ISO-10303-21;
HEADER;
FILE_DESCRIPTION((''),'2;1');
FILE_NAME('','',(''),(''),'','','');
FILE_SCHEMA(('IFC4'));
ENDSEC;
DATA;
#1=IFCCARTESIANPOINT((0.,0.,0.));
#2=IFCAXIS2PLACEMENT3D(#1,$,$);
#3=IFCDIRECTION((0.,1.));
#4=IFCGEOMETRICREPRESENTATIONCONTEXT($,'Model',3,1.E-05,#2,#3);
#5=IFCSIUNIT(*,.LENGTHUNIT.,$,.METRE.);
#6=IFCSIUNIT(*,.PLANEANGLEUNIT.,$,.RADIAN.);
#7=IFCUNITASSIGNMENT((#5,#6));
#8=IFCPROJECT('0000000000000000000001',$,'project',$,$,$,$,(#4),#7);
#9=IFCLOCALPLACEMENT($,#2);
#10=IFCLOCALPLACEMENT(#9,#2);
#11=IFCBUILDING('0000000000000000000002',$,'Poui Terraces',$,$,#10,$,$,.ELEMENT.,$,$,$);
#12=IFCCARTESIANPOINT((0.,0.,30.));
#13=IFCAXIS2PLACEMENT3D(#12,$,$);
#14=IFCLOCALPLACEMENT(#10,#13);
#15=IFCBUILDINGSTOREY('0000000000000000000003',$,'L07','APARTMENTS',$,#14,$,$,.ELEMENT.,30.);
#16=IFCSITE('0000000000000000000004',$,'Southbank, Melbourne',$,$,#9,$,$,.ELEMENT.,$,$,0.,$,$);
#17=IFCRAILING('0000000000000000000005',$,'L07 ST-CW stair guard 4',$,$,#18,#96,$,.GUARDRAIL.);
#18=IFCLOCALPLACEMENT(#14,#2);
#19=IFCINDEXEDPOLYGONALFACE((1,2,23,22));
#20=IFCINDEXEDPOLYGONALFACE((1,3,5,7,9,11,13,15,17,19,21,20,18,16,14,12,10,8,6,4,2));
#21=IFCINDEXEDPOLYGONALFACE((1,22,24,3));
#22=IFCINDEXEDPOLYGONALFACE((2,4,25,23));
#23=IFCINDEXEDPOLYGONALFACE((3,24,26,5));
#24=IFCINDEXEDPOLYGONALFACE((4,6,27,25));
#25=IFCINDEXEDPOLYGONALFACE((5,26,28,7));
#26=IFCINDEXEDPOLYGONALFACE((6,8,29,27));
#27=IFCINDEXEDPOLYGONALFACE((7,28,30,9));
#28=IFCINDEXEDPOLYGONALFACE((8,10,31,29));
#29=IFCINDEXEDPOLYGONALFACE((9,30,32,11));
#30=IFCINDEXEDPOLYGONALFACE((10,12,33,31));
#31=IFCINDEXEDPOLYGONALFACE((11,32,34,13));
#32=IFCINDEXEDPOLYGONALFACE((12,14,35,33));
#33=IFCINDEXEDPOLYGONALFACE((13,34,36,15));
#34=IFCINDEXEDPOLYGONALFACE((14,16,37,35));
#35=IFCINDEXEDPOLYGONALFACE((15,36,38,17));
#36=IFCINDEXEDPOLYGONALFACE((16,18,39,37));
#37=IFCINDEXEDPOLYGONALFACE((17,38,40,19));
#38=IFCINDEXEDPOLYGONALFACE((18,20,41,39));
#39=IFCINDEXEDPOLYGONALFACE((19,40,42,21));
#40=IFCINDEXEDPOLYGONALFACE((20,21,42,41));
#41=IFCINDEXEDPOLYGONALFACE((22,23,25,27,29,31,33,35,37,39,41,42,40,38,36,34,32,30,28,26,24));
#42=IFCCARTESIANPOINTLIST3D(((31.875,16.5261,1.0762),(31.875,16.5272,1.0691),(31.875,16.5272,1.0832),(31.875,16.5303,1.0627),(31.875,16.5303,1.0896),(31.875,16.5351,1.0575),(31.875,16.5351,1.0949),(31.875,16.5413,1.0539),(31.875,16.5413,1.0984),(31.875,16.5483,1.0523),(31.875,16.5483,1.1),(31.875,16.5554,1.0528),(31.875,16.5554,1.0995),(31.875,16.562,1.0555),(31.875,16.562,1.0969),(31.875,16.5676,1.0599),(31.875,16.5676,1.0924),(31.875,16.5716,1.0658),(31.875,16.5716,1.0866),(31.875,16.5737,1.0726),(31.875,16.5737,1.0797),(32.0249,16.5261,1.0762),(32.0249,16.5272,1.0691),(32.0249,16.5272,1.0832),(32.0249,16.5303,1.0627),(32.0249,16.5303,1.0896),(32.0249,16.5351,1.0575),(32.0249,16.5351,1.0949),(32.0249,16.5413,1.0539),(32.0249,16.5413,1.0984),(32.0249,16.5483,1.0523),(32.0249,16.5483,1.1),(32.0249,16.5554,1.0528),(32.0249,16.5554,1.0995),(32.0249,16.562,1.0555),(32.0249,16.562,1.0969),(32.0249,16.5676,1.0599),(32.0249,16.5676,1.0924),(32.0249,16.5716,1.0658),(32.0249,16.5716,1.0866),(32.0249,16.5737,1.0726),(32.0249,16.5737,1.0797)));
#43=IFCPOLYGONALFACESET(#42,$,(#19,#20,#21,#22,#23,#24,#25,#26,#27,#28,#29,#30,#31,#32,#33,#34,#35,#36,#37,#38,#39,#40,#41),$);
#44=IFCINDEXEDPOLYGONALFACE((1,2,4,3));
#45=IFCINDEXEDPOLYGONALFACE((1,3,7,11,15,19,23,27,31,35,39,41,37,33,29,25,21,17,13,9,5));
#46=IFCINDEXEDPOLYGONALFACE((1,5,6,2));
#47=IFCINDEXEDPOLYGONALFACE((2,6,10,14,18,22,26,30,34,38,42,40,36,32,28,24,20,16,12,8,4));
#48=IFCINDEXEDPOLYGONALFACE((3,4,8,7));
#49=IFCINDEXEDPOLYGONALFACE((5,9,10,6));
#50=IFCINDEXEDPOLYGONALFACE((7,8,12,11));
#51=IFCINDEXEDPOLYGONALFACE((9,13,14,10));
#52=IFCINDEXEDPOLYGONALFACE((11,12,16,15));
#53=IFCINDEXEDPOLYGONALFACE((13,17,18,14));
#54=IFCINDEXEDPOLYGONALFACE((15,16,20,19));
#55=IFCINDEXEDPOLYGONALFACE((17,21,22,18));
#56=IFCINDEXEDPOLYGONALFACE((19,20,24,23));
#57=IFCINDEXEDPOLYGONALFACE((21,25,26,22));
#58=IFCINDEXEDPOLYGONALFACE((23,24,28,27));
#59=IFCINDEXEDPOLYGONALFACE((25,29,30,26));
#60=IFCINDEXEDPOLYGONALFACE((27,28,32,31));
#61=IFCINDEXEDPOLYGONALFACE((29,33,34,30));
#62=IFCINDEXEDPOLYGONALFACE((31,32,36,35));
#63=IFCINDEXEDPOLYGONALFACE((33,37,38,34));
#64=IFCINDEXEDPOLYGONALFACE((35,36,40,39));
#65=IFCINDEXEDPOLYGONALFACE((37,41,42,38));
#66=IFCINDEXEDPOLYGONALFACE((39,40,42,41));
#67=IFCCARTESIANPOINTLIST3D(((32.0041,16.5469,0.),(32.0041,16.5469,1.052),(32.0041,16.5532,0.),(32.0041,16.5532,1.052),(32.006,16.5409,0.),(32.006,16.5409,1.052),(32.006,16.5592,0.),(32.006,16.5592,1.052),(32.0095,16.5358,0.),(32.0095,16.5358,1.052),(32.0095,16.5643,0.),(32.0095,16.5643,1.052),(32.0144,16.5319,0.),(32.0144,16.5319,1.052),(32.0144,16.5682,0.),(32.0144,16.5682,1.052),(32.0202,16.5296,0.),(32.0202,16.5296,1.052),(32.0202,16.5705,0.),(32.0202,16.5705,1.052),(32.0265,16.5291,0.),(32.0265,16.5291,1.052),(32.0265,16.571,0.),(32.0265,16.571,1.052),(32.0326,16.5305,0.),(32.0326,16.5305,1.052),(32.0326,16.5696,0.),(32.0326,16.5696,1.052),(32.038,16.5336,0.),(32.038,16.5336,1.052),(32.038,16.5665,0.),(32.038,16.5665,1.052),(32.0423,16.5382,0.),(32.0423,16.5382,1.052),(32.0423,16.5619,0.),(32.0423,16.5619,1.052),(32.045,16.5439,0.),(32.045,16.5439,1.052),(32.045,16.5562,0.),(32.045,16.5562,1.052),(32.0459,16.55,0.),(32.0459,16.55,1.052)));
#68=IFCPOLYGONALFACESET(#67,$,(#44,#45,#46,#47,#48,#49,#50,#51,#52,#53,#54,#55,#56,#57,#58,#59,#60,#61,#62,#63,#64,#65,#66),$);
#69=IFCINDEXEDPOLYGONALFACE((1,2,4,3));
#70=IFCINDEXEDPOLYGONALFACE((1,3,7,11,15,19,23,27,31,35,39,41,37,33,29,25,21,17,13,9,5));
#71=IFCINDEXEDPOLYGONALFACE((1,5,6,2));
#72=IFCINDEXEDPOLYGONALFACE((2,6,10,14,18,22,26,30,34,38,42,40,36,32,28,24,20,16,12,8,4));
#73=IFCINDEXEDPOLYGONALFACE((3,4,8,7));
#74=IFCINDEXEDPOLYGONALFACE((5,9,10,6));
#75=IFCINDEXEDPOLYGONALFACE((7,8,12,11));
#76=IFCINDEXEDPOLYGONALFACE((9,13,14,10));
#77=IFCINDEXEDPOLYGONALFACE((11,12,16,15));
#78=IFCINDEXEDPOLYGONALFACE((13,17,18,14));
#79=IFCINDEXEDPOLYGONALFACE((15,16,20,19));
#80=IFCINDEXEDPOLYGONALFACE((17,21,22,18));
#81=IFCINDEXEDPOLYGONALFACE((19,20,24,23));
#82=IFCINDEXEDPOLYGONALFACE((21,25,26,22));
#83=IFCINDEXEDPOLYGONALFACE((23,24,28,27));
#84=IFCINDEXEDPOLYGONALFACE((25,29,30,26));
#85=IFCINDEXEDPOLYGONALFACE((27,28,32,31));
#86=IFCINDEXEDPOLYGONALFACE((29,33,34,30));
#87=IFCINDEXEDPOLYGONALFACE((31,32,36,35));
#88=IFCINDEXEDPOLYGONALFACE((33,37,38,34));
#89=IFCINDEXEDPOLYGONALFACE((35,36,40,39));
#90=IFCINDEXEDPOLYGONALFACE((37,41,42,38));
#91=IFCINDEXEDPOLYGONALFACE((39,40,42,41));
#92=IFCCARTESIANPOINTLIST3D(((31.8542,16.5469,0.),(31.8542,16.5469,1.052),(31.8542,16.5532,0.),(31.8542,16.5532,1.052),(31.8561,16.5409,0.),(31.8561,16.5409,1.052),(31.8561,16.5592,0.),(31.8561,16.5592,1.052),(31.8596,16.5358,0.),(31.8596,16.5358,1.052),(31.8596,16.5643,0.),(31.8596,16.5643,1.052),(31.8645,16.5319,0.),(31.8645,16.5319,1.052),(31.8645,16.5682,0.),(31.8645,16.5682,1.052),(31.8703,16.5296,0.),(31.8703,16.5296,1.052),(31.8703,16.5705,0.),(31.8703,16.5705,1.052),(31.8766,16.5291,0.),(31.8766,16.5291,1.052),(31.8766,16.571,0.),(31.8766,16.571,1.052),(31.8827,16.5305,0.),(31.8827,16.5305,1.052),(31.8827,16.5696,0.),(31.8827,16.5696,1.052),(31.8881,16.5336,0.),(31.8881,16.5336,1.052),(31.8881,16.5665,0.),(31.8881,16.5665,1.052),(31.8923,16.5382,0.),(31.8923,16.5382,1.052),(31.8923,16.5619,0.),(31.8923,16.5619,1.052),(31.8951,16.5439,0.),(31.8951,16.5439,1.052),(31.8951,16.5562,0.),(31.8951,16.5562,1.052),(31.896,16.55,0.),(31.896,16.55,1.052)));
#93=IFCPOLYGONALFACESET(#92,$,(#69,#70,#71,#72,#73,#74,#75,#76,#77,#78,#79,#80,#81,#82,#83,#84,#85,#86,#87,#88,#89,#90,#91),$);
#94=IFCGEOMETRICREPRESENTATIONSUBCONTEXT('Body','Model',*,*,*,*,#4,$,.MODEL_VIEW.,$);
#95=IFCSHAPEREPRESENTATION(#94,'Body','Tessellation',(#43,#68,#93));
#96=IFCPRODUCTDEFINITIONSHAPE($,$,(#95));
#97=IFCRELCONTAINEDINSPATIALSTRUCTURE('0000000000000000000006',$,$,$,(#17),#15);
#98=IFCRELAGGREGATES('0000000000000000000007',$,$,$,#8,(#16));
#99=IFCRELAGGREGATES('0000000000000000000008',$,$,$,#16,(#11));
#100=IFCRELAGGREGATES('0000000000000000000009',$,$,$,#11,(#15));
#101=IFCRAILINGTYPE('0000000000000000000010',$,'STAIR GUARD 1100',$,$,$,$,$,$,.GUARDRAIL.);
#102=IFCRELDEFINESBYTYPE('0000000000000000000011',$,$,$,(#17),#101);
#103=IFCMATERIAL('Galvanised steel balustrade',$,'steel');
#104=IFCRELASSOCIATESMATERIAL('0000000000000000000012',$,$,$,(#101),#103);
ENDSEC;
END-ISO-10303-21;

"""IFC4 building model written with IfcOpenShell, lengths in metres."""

from ifc_helpers import new_model, si_unit, direction, frame, origin, origin_2d, place, context, subcontext, project, spatial, circle, extrude, material, type_object, element, save


model = new_model("IFC4")

# Units and contexts
model_context = context("Model", 3, precision=1e-05, world=origin(), true_north=direction((0.0, 1.0)))
body_context = subcontext(model_context, "Body", "Model", "MODEL_VIEW")
ifc_project = project(units=[si_unit("LENGTHUNIT", "METRE"), si_unit("PLANEANGLEUNIT", "RADIAN")], contexts=[model_context])

# Site, building, storey
site_placement = place(None, origin())
site = spatial("IfcSite", under=ifc_project, at=site_placement, Name="Southbank, Melbourne", CompositionType="ELEMENT", RefElevation=0.0)
building_placement = place(site_placement, origin())
building = spatial("IfcBuilding", under=site, at=building_placement, Name="Poui Terraces", CompositionType="ELEMENT")
storey_placement = place(building_placement, frame((0.0, 0.0, 30.0)))
storey = spatial("IfcBuildingStorey", under=building, at=storey_placement, Name="L07", Description="APARTMENTS", CompositionType="ELEMENT", Elevation=30.0)

# Railing
ifc_material_1 = material(Name="Galvanised steel balustrade", Category="steel")
railing_type_1 = type_object("IfcRailingType", Name="STAIR GUARD 1100", PredefinedType="GUARDRAIL", material=ifc_material_1)
railing_1_placement = place(storey_placement, frame((32.0249, 16.55, 0.0)))
element("IfcRailing", 1, at=railing_1_placement, inside=storey, type_object=railing_type_1, Name="L07 ST-CW stair guard 4", PredefinedType="GUARDRAIL", context=body_context, shape_type="SweptSolid", body=[
    extrude(circle(Radius=0.0239, at=origin_2d()), frame((0.0, 0.0, 1.0762), z_axis=(-1.0, 0.0, 0.0), x_axis=(0.0, -1.0, 0.0)), (0.0, 0.0, 1.0), 0.1499),
    extrude(circle(Radius=0.021, at=origin_2d()), origin(), (0.0, 0.0, 1.0), 1.052),
    extrude(circle(Radius=0.021, at=origin_2d()), frame((-0.1499, 0.0, 0.0)), (0.0, 0.0, 1.0), 1.052),
])

save(model, "model.ifc")
